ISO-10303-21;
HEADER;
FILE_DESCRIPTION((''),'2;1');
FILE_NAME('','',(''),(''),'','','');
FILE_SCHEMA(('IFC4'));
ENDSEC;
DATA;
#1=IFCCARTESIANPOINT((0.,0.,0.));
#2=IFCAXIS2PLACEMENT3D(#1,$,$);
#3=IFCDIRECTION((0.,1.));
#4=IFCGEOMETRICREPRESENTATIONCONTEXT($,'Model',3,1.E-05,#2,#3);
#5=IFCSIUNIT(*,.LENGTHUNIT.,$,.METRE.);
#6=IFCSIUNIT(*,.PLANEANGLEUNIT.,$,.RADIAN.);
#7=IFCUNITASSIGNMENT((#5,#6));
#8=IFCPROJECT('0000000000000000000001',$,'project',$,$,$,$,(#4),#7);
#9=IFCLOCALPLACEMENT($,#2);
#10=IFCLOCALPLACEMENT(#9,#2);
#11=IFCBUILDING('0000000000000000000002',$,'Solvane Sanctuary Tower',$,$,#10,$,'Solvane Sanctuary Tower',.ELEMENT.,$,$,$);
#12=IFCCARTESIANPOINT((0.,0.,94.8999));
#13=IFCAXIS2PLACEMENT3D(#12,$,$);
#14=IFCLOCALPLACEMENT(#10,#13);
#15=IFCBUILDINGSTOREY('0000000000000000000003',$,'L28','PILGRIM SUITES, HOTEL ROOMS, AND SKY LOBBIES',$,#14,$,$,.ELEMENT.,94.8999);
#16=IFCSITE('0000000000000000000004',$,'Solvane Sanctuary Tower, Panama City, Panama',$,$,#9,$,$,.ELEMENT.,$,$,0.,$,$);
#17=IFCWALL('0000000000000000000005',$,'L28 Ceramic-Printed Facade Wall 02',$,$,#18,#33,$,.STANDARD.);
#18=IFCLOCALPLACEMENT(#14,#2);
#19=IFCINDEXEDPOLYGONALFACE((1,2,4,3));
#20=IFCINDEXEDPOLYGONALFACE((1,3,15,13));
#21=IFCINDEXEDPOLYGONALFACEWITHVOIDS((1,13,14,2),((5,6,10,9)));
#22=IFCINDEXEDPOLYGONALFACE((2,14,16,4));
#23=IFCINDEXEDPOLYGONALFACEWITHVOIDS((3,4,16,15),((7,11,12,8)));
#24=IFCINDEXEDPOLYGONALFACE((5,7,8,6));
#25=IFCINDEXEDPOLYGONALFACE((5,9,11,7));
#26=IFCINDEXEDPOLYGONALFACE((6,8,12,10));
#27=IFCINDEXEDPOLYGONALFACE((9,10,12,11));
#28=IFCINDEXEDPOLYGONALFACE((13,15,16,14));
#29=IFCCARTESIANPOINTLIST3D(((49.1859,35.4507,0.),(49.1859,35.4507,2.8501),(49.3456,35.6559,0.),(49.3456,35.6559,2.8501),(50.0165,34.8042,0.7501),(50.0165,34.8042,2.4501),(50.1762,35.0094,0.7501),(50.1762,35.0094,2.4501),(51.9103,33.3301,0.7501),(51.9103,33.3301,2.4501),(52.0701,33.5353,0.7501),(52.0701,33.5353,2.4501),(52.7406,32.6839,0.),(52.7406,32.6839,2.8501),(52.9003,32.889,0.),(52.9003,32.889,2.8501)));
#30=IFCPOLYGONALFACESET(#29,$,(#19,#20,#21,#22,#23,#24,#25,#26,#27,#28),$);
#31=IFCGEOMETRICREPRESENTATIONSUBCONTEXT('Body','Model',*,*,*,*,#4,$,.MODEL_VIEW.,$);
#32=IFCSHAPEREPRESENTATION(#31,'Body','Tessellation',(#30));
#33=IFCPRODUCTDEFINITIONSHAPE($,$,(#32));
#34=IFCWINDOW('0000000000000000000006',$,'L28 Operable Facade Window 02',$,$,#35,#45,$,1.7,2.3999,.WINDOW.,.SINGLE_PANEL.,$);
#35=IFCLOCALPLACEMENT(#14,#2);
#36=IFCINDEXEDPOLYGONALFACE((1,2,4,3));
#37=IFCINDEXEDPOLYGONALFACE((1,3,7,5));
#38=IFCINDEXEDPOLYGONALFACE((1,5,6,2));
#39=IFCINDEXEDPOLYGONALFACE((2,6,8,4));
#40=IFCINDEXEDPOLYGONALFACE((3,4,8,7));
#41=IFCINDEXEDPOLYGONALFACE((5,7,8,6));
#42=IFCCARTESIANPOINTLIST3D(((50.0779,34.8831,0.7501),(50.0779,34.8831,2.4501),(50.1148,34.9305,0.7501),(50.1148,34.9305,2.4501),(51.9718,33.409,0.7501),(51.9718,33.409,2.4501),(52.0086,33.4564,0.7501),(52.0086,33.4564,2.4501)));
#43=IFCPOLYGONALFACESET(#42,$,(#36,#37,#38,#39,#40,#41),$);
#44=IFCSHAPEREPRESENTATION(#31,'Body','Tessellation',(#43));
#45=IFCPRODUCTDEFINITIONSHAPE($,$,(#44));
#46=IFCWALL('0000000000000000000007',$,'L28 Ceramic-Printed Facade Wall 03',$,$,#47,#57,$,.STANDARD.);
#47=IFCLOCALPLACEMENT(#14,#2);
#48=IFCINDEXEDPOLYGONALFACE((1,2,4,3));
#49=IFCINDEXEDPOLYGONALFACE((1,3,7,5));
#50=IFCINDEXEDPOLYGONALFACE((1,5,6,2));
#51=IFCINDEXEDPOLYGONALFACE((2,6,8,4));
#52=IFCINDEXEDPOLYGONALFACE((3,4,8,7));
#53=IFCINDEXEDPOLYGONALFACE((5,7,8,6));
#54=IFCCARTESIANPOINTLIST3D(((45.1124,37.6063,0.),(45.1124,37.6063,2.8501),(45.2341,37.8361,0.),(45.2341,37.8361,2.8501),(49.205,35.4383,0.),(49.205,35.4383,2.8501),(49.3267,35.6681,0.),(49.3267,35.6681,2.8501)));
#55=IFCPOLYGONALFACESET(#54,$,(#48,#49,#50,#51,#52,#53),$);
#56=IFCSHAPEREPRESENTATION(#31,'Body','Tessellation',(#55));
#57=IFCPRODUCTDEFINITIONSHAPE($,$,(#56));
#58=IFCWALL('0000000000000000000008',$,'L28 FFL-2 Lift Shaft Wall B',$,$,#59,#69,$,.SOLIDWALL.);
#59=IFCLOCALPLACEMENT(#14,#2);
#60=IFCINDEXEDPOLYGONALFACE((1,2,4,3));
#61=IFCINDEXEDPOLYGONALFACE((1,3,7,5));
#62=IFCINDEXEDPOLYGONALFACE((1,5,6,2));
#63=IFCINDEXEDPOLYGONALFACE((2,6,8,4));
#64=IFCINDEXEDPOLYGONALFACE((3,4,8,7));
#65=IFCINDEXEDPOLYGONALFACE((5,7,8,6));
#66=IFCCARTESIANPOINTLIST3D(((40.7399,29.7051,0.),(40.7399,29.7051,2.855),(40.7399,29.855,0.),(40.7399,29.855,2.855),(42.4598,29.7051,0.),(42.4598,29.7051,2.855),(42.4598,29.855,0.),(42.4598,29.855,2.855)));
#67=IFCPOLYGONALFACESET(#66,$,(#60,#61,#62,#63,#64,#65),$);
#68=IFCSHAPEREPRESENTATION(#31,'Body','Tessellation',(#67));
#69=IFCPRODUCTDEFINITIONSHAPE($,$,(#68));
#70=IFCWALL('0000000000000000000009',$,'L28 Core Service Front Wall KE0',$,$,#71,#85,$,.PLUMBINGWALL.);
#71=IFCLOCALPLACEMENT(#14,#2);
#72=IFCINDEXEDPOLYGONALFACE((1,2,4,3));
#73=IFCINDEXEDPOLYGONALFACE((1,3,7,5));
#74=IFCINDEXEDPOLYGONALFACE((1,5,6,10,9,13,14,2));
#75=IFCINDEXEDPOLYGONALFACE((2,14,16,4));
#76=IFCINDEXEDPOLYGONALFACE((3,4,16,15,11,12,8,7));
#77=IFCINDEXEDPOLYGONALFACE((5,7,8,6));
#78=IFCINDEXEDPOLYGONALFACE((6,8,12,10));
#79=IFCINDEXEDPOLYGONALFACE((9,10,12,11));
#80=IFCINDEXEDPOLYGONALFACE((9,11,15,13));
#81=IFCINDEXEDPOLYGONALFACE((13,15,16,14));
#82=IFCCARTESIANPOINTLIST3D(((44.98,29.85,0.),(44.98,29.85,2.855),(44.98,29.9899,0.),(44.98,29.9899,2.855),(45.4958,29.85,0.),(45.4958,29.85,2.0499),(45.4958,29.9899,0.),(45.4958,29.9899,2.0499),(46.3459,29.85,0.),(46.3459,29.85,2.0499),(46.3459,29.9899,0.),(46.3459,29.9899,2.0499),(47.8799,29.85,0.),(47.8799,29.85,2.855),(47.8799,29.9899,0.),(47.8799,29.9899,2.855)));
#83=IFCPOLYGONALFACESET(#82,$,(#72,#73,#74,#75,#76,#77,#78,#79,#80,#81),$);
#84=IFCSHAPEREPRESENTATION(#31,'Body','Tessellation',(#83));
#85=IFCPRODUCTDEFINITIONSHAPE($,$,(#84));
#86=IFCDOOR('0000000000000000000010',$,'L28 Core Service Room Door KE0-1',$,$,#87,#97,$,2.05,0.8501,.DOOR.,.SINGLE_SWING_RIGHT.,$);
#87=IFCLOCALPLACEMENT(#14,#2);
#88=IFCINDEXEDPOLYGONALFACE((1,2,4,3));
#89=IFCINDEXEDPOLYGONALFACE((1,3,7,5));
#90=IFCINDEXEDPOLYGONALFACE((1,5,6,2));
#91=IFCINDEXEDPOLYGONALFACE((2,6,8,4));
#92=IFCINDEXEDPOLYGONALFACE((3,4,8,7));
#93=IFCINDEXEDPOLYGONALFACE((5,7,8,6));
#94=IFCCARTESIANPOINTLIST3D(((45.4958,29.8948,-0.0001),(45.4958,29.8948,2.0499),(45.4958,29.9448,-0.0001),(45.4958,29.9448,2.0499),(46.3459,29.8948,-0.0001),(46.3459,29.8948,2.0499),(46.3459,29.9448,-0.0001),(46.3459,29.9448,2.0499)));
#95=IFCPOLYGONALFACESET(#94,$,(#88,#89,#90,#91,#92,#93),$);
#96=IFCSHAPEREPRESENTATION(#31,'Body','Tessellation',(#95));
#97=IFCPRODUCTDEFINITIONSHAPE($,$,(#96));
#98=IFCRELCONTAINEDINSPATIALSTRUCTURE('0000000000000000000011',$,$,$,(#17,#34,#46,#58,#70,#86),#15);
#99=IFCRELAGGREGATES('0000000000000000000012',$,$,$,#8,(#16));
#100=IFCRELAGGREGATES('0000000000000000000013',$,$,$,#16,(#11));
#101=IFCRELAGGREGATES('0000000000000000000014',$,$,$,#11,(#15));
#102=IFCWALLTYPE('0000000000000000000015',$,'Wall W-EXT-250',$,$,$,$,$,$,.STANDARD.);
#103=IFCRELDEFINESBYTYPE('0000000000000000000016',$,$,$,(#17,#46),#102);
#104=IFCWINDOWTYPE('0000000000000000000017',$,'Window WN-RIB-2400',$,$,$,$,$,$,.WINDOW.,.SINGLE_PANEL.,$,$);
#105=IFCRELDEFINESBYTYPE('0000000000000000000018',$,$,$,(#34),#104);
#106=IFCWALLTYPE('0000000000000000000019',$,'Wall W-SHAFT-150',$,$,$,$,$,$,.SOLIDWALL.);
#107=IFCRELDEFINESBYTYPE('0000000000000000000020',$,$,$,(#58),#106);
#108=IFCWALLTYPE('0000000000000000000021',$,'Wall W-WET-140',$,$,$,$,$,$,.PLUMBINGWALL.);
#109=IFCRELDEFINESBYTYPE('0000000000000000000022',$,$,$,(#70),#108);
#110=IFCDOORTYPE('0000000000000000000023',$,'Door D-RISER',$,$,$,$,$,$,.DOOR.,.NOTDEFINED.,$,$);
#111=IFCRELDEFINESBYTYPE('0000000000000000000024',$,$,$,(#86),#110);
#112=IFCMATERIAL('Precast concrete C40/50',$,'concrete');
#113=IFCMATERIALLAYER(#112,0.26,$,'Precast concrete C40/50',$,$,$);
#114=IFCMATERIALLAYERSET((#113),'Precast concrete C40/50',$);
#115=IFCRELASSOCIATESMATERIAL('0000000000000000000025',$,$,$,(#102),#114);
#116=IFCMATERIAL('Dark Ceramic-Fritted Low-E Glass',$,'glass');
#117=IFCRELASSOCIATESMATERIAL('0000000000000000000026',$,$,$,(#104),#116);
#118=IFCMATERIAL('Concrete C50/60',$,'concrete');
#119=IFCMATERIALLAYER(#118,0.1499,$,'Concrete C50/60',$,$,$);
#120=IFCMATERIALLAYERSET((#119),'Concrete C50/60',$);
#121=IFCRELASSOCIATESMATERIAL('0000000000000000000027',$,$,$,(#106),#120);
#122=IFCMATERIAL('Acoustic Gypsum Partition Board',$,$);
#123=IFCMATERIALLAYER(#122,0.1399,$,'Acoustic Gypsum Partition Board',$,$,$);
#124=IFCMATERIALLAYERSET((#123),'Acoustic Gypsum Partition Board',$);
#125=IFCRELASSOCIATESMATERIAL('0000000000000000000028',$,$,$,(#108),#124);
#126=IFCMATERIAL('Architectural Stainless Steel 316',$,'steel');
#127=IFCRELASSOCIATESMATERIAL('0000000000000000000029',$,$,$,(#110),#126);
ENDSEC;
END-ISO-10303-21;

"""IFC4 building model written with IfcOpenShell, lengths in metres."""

from ifc_helpers import new_model, si_unit, direction, frame, frame_2d, origin, place, context, subcontext, project, spatial, rectangle, extrude, material, layer, layer_set, type_object, element, fill, save


model = new_model("IFC4")

# Units and contexts
model_context = context("Model", 3, precision=1e-05, world=origin(), true_north=direction((0.0, 1.0)))
body_context = subcontext(model_context, "Body", "Model", "MODEL_VIEW")
ifc_project = project(units=[si_unit("LENGTHUNIT", "METRE"), si_unit("PLANEANGLEUNIT", "RADIAN")], contexts=[model_context])

# Site, building, storey
site_placement = place(None, origin())
site = spatial("IfcSite", under=ifc_project, at=site_placement, Name="Solvane Sanctuary Tower, Panama City, Panama", CompositionType="ELEMENT", RefElevation=0.0)
building_placement = place(site_placement, origin())
building = spatial("IfcBuilding", under=site, at=building_placement, Name="Solvane Sanctuary Tower", LongName="Solvane Sanctuary Tower", CompositionType="ELEMENT")
storey_placement = place(building_placement, frame((0.0, 0.0, 94.8999)))
storey = spatial("IfcBuildingStorey", under=building, at=storey_placement, Name="L28", Description="PILGRIM SUITES, HOTEL ROOMS, AND SKY LOBBIES", CompositionType="ELEMENT", Elevation=94.8999)

# Shared definitions
ifc_material_1 = material(Name="Dark Ceramic-Fritted Low-E Glass", Category="glass")

# Shared definitions
ifc_material_2 = material(Name="Acoustic Gypsum Partition Board")

# Wall, opening, window
ifc_material_3 = material(Name="Precast concrete C40/50", Category="concrete")
ifc_layer_1 = layer(ifc_material_3, 0.26, Name="Precast concrete C40/50")
ifc_layer_set_1 = layer_set([ifc_layer_1], Name="Precast concrete C40/50")
wall_type_1 = type_object("IfcWallType", Name="Wall W-EXT-250", PredefinedType="STANDARD", material=ifc_layer_set_1)
wall_1_placement = place(storey_placement, frame((52.8206, 32.7864, 0.0), z_axis=(0.0, 0.0, 1.0), x_axis=(-0.789127, 0.614229, 0.0)))
wall_1 = element("IfcWall", 1, at=wall_1_placement, inside=storey, type_object=wall_type_1, Name="L28 Ceramic-Printed Facade Wall 02", PredefinedType="STANDARD", context=body_context, shape_type="SweptSolid", body=[
    extrude(rectangle(XDim=4.5046, YDim=0.26, at=frame_2d((2.2524, 0.0))), origin(), (0.0, 0.0, 1.0), 2.8501),
])
opening_1_placement = place(wall_1_placement, frame((1.0522, 0.0, 0.75)))
opening_1 = element("IfcOpeningElement", 2, at=opening_1_placement, cuts=wall_1, PredefinedType="OPENING", context=body_context, shape_type="SweptSolid", body=[
    extrude(rectangle(XDim=2.3999, YDim=1.7, at=frame_2d((1.2, 0.8501))), frame((0.0, 0.1399, 0.0), z_axis=(0.0, -1.0, 0.0), x_axis=(1.0, 0.0, 0.0)), (0.0, 0.0, 1.0), 0.28),
])
window_type = type_object("IfcWindowType", Name="Window WN-RIB-2400", PartitioningType="SINGLE_PANEL", PredefinedType="WINDOW", material=ifc_material_1)
window_placement = place(opening_1_placement, origin())
window = element("IfcWindow", 3, at=window_placement, inside=storey, type_object=window_type, Name="L28 Operable Facade Window 02", OverallHeight=1.7, OverallWidth=2.3999, PartitioningType="SINGLE_PANEL", PredefinedType="WINDOW", context=body_context, shape_type="SweptSolid", body=[
    extrude(rectangle(XDim=2.3999, YDim=1.7, at=frame_2d((1.2, 0.8501))), frame((0.0, 0.03, 0.0), z_axis=(0.0, -1.0, 0.0), x_axis=(1.0, 0.0, 0.0)), (0.0, 0.0, 1.0), 0.0601),
])
fill(opening_1, window)

# Walls
wall_2_placement = place(storey_placement, frame((49.2659, 35.5532, 0.0), z_axis=(0.0, 0.0, 1.0), x_axis=(-0.883669, 0.468113, 0.0)))
element("IfcWall", 4, at=wall_2_placement, inside=storey, type_object=wall_type_1, Name="L28 Ceramic-Printed Facade Wall 03", PredefinedType="STANDARD", context=body_context, shape_type="SweptSolid", body=[
    extrude(rectangle(XDim=4.6313, YDim=0.26, at=frame_2d((2.3157, 0.0))), origin(), (0.0, 0.0, 1.0), 2.8501),
])
ifc_material_4 = material(Name="Concrete C50/60", Category="concrete")
ifc_layer_2 = layer(ifc_material_4, 0.1499, Name="Concrete C50/60")
ifc_layer_set_2 = layer_set([ifc_layer_2], Name="Concrete C50/60")
wall_type_2 = type_object("IfcWallType", Name="Wall W-SHAFT-150", PredefinedType="SOLIDWALL", material=ifc_layer_set_2)
wall_3_placement = place(storey_placement, frame((40.74, 29.78, 0.0), z_axis=(0.0, 0.0, 1.0), x_axis=(1.0, 0.0, 0.0)))
element("IfcWall", 5, at=wall_3_placement, inside=storey, type_object=wall_type_2, Name="L28 FFL-2 Lift Shaft Wall B", PredefinedType="SOLIDWALL", context=body_context, shape_type="SweptSolid", body=[
    extrude(rectangle(XDim=1.72, YDim=0.1499, at=frame_2d((0.8599, 0.0))), origin(), (0.0, 0.0, 1.0), 2.855),
])

# Wall, opening, door
ifc_layer_3 = layer(ifc_material_2, 0.1399, Name="Acoustic Gypsum Partition Board")
ifc_layer_set_3 = layer_set([ifc_layer_3], Name="Acoustic Gypsum Partition Board")
wall_type_3 = type_object("IfcWallType", Name="Wall W-WET-140", PredefinedType="PLUMBINGWALL", material=ifc_layer_set_3)
wall_4_placement = place(storey_placement, frame((44.98, 29.9199, 0.0), z_axis=(0.0, 0.0, 1.0), x_axis=(1.0, 0.0, 0.0)))
wall_4 = element("IfcWall", 6, at=wall_4_placement, inside=storey, type_object=wall_type_3, Name="L28 Core Service Front Wall KE0", PredefinedType="PLUMBINGWALL", context=body_context, shape_type="SweptSolid", body=[
    extrude(rectangle(XDim=2.8999, YDim=0.1399, at=frame_2d((1.45, 0.0))), origin(), (0.0, 0.0, 1.0), 2.855),
])
opening_2_placement = place(wall_4_placement, frame((0.5159, 0.0, 0.0)))
opening_2 = element("IfcOpeningElement", 7, at=opening_2_placement, cuts=wall_4, PredefinedType="OPENING", context=body_context, shape_type="SweptSolid", body=[
    extrude(rectangle(XDim=0.8501, YDim=2.05, at=frame_2d((0.425, 1.0249))), frame((0.0, 0.0798, 0.0), z_axis=(0.0, -1.0, 0.0), x_axis=(1.0, 0.0, 0.0)), (0.0, 0.0, 1.0), 0.1599),
])
ifc_material_5 = material(Name="Architectural Stainless Steel 316", Category="steel")
door_type = type_object("IfcDoorType", Name="Door D-RISER", OperationType="NOTDEFINED", PredefinedType="DOOR", material=ifc_material_5)
door_placement = place(opening_2_placement, origin())
door = element("IfcDoor", 8, at=door_placement, inside=storey, type_object=door_type, Name="L28 Core Service Room Door KE0-1", OperationType="SINGLE_SWING_RIGHT", OverallHeight=2.05, OverallWidth=0.8501, PredefinedType="DOOR", context=body_context, shape_type="SweptSolid", body=[
    extrude(rectangle(XDim=0.8501, YDim=2.05, at=frame_2d((0.425, 1.0249))), frame((0.0, 0.0249, 0.0), z_axis=(0.0, -1.0, 0.0), x_axis=(1.0, 0.0, 0.0)), (0.0, 0.0, 1.0), 0.05),
])
fill(opening_2, door)

save(model, "model.ifc")
